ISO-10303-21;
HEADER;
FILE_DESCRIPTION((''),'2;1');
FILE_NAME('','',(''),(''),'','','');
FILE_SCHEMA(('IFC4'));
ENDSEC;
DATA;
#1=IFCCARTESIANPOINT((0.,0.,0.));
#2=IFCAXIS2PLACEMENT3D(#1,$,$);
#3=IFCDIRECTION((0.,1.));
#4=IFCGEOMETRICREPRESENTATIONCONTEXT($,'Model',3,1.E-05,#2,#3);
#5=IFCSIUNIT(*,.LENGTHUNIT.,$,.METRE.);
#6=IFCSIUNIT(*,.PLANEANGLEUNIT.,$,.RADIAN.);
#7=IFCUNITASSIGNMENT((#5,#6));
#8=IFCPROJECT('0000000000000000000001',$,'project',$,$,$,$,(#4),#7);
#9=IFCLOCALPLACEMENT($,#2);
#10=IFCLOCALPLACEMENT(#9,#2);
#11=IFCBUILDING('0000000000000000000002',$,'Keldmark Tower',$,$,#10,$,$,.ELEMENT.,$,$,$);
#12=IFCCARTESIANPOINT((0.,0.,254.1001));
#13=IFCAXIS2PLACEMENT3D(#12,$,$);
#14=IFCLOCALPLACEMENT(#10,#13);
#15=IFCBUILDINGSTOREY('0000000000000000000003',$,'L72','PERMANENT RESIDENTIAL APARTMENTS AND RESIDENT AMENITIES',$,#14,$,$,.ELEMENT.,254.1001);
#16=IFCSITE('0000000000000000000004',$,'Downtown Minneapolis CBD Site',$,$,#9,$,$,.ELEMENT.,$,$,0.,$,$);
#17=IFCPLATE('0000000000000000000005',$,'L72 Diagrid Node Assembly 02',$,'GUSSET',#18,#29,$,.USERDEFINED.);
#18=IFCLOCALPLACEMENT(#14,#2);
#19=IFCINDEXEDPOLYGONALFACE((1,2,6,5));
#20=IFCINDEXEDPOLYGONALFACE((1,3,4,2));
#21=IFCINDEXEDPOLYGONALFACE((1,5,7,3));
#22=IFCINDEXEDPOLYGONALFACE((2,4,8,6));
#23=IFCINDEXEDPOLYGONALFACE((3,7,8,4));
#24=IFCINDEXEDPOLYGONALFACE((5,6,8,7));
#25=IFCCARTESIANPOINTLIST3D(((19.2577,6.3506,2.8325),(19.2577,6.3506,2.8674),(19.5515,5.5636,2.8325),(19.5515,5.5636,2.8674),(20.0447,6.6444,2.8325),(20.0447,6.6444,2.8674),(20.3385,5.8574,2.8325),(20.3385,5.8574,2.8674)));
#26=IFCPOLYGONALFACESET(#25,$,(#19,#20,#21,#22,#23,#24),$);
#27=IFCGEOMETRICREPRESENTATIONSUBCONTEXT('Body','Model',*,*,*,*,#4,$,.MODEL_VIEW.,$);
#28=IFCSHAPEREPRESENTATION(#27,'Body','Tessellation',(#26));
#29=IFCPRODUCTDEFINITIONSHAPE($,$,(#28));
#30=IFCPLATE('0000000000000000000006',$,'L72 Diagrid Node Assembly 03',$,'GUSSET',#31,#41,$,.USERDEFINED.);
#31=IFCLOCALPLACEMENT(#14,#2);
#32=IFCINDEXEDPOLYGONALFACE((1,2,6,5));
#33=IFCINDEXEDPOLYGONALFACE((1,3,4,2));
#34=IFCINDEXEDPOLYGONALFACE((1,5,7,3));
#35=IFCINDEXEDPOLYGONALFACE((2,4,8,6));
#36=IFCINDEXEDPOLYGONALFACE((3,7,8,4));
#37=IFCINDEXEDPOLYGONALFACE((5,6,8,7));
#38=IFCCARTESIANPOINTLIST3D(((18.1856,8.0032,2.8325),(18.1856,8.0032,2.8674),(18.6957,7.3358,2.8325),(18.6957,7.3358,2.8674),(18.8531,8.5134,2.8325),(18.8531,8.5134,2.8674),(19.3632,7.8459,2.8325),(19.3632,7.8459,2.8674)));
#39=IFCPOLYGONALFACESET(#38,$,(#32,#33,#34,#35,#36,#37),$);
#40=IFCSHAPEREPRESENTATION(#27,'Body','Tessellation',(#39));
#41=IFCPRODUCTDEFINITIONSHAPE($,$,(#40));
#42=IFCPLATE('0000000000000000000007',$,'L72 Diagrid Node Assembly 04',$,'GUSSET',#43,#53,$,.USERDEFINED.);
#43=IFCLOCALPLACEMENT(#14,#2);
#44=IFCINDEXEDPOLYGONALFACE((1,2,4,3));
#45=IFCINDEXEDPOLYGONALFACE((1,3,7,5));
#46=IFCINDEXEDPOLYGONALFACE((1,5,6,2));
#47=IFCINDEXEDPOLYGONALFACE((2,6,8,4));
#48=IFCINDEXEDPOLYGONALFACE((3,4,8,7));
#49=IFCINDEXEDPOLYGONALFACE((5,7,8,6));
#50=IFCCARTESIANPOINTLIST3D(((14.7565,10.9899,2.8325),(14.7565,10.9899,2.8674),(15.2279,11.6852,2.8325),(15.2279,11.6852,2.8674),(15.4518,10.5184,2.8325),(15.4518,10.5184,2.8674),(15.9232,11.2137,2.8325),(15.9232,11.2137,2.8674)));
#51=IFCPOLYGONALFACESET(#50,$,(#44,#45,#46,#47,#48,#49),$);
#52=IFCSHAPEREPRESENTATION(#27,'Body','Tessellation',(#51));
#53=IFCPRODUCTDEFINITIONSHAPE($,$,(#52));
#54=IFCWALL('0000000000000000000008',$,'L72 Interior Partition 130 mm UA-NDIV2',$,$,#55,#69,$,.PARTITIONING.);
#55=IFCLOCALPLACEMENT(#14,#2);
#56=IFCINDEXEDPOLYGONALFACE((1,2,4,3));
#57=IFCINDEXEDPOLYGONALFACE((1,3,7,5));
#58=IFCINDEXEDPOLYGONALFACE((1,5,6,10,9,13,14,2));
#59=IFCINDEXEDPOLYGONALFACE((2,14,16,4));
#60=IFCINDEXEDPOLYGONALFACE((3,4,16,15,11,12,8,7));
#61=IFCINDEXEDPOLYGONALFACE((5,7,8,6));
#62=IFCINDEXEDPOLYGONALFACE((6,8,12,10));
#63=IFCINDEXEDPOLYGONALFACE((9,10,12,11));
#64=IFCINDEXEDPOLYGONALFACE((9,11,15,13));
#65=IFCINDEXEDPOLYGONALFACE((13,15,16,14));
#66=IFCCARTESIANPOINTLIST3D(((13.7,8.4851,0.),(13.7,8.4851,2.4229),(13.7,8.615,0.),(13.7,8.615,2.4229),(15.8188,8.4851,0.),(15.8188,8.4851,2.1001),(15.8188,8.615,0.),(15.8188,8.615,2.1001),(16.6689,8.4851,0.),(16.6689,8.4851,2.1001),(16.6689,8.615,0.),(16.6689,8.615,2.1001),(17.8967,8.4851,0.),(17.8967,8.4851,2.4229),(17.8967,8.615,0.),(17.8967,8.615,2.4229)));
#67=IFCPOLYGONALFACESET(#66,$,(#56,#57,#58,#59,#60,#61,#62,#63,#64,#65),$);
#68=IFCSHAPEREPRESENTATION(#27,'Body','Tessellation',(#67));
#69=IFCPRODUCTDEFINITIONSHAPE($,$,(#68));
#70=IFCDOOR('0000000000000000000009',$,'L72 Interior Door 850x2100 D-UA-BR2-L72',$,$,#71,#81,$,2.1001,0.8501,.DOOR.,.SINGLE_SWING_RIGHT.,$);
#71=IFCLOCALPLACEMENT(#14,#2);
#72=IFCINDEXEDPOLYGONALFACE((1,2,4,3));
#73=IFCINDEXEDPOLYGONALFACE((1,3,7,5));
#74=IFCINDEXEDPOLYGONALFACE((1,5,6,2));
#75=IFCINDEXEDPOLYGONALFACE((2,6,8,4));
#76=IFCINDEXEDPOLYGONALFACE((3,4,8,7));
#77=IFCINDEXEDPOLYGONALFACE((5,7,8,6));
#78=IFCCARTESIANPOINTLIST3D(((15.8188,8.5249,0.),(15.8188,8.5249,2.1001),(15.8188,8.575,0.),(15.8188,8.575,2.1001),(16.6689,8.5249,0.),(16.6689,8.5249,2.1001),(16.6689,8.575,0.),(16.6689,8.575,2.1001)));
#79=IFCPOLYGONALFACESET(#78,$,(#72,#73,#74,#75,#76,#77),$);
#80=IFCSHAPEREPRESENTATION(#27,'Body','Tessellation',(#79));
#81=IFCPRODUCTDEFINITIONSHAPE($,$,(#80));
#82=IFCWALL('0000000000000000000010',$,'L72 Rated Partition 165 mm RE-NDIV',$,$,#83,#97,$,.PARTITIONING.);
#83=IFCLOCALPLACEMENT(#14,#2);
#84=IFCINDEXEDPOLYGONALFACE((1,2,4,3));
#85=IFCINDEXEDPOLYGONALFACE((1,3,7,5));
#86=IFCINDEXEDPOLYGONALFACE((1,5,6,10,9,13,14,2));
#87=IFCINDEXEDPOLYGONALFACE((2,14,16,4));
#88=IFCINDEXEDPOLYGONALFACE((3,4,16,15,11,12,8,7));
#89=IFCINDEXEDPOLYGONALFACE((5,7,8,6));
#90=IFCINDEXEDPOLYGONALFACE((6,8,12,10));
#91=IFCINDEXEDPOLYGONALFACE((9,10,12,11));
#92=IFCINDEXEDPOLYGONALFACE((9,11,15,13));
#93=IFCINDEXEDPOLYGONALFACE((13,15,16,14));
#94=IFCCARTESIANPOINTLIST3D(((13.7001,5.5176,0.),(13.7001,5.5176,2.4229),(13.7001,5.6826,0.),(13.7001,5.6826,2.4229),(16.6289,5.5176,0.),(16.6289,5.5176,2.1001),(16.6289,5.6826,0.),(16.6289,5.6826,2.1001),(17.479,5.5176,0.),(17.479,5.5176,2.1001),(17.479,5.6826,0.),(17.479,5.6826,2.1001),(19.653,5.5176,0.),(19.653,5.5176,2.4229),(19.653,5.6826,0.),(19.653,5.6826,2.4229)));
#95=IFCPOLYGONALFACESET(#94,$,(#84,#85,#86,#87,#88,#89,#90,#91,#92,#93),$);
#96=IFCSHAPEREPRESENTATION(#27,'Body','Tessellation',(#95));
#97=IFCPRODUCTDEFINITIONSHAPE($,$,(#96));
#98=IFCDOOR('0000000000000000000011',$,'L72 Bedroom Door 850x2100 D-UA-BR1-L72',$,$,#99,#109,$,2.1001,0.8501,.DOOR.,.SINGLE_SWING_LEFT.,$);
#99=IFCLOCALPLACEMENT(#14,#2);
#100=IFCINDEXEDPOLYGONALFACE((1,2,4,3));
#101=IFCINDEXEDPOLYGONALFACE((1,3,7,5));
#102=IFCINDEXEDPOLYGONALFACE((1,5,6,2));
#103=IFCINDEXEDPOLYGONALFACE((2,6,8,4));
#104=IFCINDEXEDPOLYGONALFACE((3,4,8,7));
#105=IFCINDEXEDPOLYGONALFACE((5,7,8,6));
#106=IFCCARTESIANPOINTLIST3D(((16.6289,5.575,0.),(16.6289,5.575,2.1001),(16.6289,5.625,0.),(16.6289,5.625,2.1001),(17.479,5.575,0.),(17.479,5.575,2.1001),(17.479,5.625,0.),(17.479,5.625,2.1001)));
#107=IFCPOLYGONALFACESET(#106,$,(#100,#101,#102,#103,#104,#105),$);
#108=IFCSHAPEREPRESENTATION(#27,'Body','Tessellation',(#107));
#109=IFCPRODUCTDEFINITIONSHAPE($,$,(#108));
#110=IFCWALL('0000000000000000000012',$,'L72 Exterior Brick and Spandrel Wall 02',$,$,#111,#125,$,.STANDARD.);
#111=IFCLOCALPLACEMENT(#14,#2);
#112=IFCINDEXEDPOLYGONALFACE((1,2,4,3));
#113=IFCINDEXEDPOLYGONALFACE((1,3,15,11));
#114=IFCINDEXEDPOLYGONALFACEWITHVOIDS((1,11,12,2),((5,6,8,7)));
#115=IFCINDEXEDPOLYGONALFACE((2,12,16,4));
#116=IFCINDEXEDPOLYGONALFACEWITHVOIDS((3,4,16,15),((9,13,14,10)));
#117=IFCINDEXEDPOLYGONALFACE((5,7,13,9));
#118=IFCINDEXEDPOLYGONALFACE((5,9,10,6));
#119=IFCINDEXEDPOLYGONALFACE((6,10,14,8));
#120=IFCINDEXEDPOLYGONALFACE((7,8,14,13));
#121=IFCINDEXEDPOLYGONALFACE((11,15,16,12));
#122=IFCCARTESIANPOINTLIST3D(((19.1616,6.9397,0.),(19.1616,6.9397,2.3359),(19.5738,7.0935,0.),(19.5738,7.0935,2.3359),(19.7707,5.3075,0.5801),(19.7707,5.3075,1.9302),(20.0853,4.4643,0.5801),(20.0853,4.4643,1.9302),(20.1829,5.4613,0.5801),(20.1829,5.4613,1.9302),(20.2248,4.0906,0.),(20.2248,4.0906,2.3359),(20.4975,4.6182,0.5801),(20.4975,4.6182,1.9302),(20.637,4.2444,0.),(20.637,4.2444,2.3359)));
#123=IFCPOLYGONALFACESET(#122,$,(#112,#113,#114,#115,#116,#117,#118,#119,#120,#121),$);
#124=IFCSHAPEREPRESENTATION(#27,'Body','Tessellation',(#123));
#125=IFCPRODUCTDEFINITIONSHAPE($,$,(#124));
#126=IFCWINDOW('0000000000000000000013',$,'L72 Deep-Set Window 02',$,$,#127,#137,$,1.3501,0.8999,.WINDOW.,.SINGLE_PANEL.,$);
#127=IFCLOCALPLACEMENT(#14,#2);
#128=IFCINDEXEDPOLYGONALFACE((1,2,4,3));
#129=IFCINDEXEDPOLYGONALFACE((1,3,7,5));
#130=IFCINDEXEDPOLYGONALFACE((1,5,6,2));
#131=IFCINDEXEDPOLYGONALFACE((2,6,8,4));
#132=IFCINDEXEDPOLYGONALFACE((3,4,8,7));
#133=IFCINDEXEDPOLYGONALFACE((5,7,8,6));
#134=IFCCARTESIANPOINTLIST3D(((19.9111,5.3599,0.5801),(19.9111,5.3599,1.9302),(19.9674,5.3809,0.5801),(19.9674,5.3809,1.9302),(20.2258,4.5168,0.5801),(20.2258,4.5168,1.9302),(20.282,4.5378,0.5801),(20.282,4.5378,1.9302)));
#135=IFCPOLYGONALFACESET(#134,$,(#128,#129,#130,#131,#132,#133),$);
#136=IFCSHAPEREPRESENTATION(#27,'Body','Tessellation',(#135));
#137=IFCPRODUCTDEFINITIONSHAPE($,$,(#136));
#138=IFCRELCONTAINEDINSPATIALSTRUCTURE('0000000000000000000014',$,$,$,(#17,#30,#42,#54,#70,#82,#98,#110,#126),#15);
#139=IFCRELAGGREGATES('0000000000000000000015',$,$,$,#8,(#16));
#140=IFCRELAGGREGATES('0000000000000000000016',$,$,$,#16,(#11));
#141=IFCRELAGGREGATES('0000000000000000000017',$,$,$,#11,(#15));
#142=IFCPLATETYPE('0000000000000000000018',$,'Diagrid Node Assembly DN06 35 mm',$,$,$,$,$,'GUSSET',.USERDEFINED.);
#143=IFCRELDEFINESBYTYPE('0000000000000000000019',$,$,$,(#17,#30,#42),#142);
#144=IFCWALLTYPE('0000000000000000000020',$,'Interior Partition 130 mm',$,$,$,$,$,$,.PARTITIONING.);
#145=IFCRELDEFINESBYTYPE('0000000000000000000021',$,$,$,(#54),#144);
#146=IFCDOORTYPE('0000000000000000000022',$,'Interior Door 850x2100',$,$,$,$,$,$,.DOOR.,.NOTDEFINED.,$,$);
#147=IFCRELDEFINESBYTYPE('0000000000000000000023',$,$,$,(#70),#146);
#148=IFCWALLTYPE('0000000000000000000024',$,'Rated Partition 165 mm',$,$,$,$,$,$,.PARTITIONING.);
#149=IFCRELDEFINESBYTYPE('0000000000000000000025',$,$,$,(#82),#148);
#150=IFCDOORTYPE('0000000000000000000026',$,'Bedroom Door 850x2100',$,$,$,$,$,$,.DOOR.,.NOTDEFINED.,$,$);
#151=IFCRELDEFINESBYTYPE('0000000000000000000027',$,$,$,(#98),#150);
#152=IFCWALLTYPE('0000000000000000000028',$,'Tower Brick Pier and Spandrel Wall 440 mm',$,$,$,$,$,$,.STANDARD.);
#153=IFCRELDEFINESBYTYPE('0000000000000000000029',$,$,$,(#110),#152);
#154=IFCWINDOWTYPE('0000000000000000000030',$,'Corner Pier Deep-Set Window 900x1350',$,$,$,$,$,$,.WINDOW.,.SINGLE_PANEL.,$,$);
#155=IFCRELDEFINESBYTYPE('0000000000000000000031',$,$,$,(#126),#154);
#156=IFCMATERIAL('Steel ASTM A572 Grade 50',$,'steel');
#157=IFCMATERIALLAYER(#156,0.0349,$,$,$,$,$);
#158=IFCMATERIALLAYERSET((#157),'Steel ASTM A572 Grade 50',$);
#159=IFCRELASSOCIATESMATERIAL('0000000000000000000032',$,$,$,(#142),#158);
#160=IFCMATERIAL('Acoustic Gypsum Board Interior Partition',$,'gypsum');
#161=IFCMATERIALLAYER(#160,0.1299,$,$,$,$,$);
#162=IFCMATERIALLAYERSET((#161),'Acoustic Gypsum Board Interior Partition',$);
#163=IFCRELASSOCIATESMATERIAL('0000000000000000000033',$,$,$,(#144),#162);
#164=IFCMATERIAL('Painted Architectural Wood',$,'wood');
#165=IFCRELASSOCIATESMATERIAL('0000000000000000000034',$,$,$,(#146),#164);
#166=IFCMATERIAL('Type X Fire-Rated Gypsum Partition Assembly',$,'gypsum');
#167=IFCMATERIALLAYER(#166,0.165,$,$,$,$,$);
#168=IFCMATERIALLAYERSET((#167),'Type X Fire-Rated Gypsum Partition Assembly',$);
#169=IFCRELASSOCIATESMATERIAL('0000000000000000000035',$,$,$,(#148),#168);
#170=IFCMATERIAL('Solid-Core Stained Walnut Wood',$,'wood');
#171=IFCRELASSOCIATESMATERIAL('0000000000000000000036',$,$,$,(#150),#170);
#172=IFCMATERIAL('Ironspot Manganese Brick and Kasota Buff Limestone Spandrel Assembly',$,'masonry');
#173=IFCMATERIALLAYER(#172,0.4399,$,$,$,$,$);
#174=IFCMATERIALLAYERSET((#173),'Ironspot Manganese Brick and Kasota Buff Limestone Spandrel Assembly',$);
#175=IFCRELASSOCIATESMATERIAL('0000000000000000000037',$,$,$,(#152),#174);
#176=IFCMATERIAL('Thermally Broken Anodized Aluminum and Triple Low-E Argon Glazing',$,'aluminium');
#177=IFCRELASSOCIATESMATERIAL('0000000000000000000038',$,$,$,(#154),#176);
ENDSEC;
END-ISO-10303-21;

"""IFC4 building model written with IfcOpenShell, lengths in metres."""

from ifc_helpers import new_model, si_unit, direction, frame, frame_2d, origin, origin_2d, place, context, subcontext, project, spatial, rectangle, extrude, material, layer, layer_set, type_object, element, fill, save


model = new_model("IFC4")

# Units and contexts
model_context = context("Model", 3, precision=1e-05, world=origin(), true_north=direction((0.0, 1.0)))
body_context = subcontext(model_context, "Body", "Model", "MODEL_VIEW")
ifc_project = project(units=[si_unit("LENGTHUNIT", "METRE"), si_unit("PLANEANGLEUNIT", "RADIAN")], contexts=[model_context])

# Site, building, storey
site_placement = place(None, origin())
site = spatial("IfcSite", under=ifc_project, at=site_placement, Name="Downtown Minneapolis CBD Site", CompositionType="ELEMENT", RefElevation=0.0)
building_placement = place(site_placement, origin())
building = spatial("IfcBuilding", under=site, at=building_placement, Name="Keldmark Tower", CompositionType="ELEMENT")
storey_placement = place(building_placement, frame((0.0, 0.0, 254.1001)))
storey = spatial("IfcBuildingStorey", under=building, at=storey_placement, Name="L72", Description="PERMANENT RESIDENTIAL APARTMENTS AND RESIDENT AMENITIES", CompositionType="ELEMENT", Elevation=254.1001)

# Plates
ifc_material_1 = material(Name="Steel ASTM A572 Grade 50", Category="steel")
ifc_layer_1 = layer(ifc_material_1, 0.0349)
ifc_layer_set_1 = layer_set([ifc_layer_1], Name="Steel ASTM A572 Grade 50")
plate_type_1 = type_object("IfcPlateType", Name="Diagrid Node Assembly DN06 35 mm", ElementType="GUSSET", PredefinedType="USERDEFINED", material=ifc_layer_set_1)
for number, where, z_axis, x_axis, name in (
    (1, (19.7981, 6.104, 2.8325), (0.0, 0.0, 1.0), (-0.349717, 0.936855, 0.0), "L72 Diagrid Node Assembly 02"),
    (2, (18.7744, 7.9246, 2.8325), (0.0, 0.0, 1.0), (-0.607237, 0.794521, 0.0), "L72 Diagrid Node Assembly 03"),
    (3, (15.3398, 11.1018, 2.8325), (0.0, 0.0, 1.0), (-0.827669, 0.561217, 0.0), "L72 Diagrid Node Assembly 04"),
):
    element("IfcPlate", number, at=place(storey_placement, frame(where, z_axis=z_axis, x_axis=x_axis)), inside=storey, type_object=plate_type_1, Name=name, ObjectType="GUSSET", PredefinedType="USERDEFINED", context=body_context, shape_type="SweptSolid", body=[
        extrude(rectangle(XDim=0.8401, YDim=0.8401, at=origin_2d()), origin(), (0.0, 0.0, 1.0), 0.0349),
    ])

# Walls, openings, doors
ifc_material_2 = material(Name="Acoustic Gypsum Board Interior Partition", Category="gypsum")
ifc_layer_2 = layer(ifc_material_2, 0.1299)
ifc_layer_set_2 = layer_set([ifc_layer_2], Name="Acoustic Gypsum Board Interior Partition")
wall_type_1 = type_object("IfcWallType", Name="Interior Partition 130 mm", PredefinedType="PARTITIONING", material=ifc_layer_set_2)
wall_1_placement = place(storey_placement, frame((13.7, 8.55, 0.0), z_axis=(0.0, 0.0, 1.0), x_axis=(1.0, 0.0, 0.0)))
wall_1 = element("IfcWall", 4, at=wall_1_placement, inside=storey, type_object=wall_type_1, Name="L72 Interior Partition 130 mm UA-NDIV2", PredefinedType="PARTITIONING", context=body_context, shape_type="SweptSolid", body=[
    extrude(rectangle(XDim=4.1968, YDim=0.1299, at=frame_2d((2.0984, 0.0))), origin(), (0.0, 0.0, 1.0), 2.4229),
])
opening_1_placement = place(wall_1_placement, frame((2.1189, 0.0, 0.0)))
opening_1 = element("IfcOpeningElement", 5, at=opening_1_placement, cuts=wall_1, PredefinedType="OPENING", context=body_context, shape_type="SweptSolid", body=[
    extrude(rectangle(XDim=0.8501, YDim=2.1001, at=frame_2d((0.425, 1.05))), frame((0.0, 0.075, 0.0), z_axis=(0.0, -1.0, 0.0), x_axis=(1.0, 0.0, 0.0)), (0.0, 0.0, 1.0), 0.1499),
])
ifc_material_3 = material(Name="Painted Architectural Wood", Category="wood")
door_type_1 = type_object("IfcDoorType", Name="Interior Door 850x2100", OperationType="NOTDEFINED", PredefinedType="DOOR", material=ifc_material_3)
door_1_placement = place(opening_1_placement, origin())
door_1 = element("IfcDoor", 6, at=door_1_placement, inside=storey, type_object=door_type_1, Name="L72 Interior Door 850x2100 D-UA-BR2-L72", OperationType="SINGLE_SWING_RIGHT", OverallHeight=2.1001, OverallWidth=0.8501, PredefinedType="DOOR", context=body_context, shape_type="SweptSolid", body=[
    extrude(rectangle(XDim=0.8501, YDim=2.1001, at=frame_2d((0.425, 1.05))), frame((0.0, 0.0249, 0.0), z_axis=(0.0, -1.0, 0.0), x_axis=(1.0, 0.0, 0.0)), (0.0, 0.0, 1.0), 0.05),
])
fill(opening_1, door_1)
ifc_material_4 = material(Name="Type X Fire-Rated Gypsum Partition Assembly", Category="gypsum")
ifc_layer_3 = layer(ifc_material_4, 0.165)
ifc_layer_set_3 = layer_set([ifc_layer_3], Name="Type X Fire-Rated Gypsum Partition Assembly")
wall_type_2 = type_object("IfcWallType", Name="Rated Partition 165 mm", PredefinedType="PARTITIONING", material=ifc_layer_set_3)
wall_2_placement = place(storey_placement, frame((13.7, 5.6001, 0.0), z_axis=(0.0, 0.0, 1.0), x_axis=(1.0, 0.0, 0.0)))
wall_2 = element("IfcWall", 7, at=wall_2_placement, inside=storey, type_object=wall_type_2, Name="L72 Rated Partition 165 mm RE-NDIV", PredefinedType="PARTITIONING", context=body_context, shape_type="SweptSolid", body=[
    extrude(rectangle(XDim=5.9529, YDim=0.165, at=frame_2d((2.9766, 0.0))), origin(), (0.0, 0.0, 1.0), 2.4229),
])
opening_2_placement = place(wall_2_placement, frame((2.929, 0.0, 0.0)))
opening_2 = element("IfcOpeningElement", 8, at=opening_2_placement, cuts=wall_2, PredefinedType="OPENING", context=body_context, shape_type="SweptSolid", body=[
    extrude(rectangle(XDim=0.8501, YDim=2.1001, at=frame_2d((0.425, 1.05))), frame((0.0, 0.0925, 0.0), z_axis=(0.0, -1.0, 0.0), x_axis=(1.0, 0.0, 0.0)), (0.0, 0.0, 1.0), 0.1851),
])
ifc_material_5 = material(Name="Solid-Core Stained Walnut Wood", Category="wood")
door_type_2 = type_object("IfcDoorType", Name="Bedroom Door 850x2100", OperationType="NOTDEFINED", PredefinedType="DOOR", material=ifc_material_5)
door_2_placement = place(opening_2_placement, origin())
door_2 = element("IfcDoor", 9, at=door_2_placement, inside=storey, type_object=door_type_2, Name="L72 Bedroom Door 850x2100 D-UA-BR1-L72", OperationType="SINGLE_SWING_LEFT", OverallHeight=2.1001, OverallWidth=0.8501, PredefinedType="DOOR", context=body_context, shape_type="SweptSolid", body=[
    extrude(rectangle(XDim=0.8501, YDim=2.1001, at=frame_2d((0.425, 1.05))), frame((0.0, 0.0249, 0.0), z_axis=(0.0, -1.0, 0.0), x_axis=(1.0, 0.0, 0.0)), (0.0, 0.0, 1.0), 0.05),
])
fill(opening_2, door_2)

# Wall, opening, window
ifc_material_6 = material(Name="Ironspot Manganese Brick and Kasota Buff Limestone Spandrel Assembly", Category="masonry")
ifc_layer_4 = layer(ifc_material_6, 0.4399)
ifc_layer_set_4 = layer_set([ifc_layer_4], Name="Ironspot Manganese Brick and Kasota Buff Limestone Spandrel Assembly")
wall_type_3 = type_object("IfcWallType", Name="Tower Brick Pier and Spandrel Wall 440 mm", PredefinedType="STANDARD", material=ifc_layer_set_4)
wall_3_placement = place(storey_placement, frame((19.3677, 7.0166, 0.0), z_axis=(0.0, 0.0, 1.0), x_axis=(0.349627, -0.936889, 0.0)))
wall_3 = element("IfcWall", 10, at=wall_3_placement, inside=storey, type_object=wall_type_3, Name="L72 Exterior Brick and Spandrel Wall 02", PredefinedType="STANDARD", context=body_context, shape_type="SweptSolid", body=[
    extrude(rectangle(XDim=3.041, YDim=0.4399, at=frame_2d((1.5205, 0.0))), origin(), (0.0, 0.0, 1.0), 2.3359),
])
opening_3_placement = place(wall_3_placement, frame((1.7422, 0.0, 0.5801)))
opening_3 = element("IfcOpeningElement", 11, at=opening_3_placement, cuts=wall_3, PredefinedType="OPENING", context=body_context, shape_type="SweptSolid", body=[
    extrude(rectangle(XDim=0.8999, YDim=1.3501, at=frame_2d((0.45, 0.675))), frame((0.0, 0.23, 0.0), z_axis=(0.0, -1.0, 0.0), x_axis=(1.0, 0.0, 0.0)), (0.0, 0.0, 1.0), 0.46),
])
ifc_material_7 = material(Name="Thermally Broken Anodized Aluminum and Triple Low-E Argon Glazing", Category="aluminium")
window_type_1 = type_object("IfcWindowType", Name="Corner Pier Deep-Set Window 900x1350", PartitioningType="SINGLE_PANEL", PredefinedType="WINDOW", material=ifc_material_7)
window_1_placement = place(opening_3_placement, origin())
window_1 = element("IfcWindow", 12, at=window_1_placement, inside=storey, type_object=window_type_1, Name="L72 Deep-Set Window 02", OverallHeight=1.3501, OverallWidth=0.8999, PartitioningType="SINGLE_PANEL", PredefinedType="WINDOW", context=body_context, shape_type="SweptSolid", body=[
    extrude(rectangle(XDim=0.8999, YDim=1.3501, at=frame_2d((0.45, 0.675))), frame((0.0, -0.01, 0.0), z_axis=(0.0, -1.0, 0.0), x_axis=(1.0, 0.0, 0.0)), (0.0, 0.0, 1.0), 0.0601),
])
fill(opening_3, window_1)

save(model, "model.ifc")
